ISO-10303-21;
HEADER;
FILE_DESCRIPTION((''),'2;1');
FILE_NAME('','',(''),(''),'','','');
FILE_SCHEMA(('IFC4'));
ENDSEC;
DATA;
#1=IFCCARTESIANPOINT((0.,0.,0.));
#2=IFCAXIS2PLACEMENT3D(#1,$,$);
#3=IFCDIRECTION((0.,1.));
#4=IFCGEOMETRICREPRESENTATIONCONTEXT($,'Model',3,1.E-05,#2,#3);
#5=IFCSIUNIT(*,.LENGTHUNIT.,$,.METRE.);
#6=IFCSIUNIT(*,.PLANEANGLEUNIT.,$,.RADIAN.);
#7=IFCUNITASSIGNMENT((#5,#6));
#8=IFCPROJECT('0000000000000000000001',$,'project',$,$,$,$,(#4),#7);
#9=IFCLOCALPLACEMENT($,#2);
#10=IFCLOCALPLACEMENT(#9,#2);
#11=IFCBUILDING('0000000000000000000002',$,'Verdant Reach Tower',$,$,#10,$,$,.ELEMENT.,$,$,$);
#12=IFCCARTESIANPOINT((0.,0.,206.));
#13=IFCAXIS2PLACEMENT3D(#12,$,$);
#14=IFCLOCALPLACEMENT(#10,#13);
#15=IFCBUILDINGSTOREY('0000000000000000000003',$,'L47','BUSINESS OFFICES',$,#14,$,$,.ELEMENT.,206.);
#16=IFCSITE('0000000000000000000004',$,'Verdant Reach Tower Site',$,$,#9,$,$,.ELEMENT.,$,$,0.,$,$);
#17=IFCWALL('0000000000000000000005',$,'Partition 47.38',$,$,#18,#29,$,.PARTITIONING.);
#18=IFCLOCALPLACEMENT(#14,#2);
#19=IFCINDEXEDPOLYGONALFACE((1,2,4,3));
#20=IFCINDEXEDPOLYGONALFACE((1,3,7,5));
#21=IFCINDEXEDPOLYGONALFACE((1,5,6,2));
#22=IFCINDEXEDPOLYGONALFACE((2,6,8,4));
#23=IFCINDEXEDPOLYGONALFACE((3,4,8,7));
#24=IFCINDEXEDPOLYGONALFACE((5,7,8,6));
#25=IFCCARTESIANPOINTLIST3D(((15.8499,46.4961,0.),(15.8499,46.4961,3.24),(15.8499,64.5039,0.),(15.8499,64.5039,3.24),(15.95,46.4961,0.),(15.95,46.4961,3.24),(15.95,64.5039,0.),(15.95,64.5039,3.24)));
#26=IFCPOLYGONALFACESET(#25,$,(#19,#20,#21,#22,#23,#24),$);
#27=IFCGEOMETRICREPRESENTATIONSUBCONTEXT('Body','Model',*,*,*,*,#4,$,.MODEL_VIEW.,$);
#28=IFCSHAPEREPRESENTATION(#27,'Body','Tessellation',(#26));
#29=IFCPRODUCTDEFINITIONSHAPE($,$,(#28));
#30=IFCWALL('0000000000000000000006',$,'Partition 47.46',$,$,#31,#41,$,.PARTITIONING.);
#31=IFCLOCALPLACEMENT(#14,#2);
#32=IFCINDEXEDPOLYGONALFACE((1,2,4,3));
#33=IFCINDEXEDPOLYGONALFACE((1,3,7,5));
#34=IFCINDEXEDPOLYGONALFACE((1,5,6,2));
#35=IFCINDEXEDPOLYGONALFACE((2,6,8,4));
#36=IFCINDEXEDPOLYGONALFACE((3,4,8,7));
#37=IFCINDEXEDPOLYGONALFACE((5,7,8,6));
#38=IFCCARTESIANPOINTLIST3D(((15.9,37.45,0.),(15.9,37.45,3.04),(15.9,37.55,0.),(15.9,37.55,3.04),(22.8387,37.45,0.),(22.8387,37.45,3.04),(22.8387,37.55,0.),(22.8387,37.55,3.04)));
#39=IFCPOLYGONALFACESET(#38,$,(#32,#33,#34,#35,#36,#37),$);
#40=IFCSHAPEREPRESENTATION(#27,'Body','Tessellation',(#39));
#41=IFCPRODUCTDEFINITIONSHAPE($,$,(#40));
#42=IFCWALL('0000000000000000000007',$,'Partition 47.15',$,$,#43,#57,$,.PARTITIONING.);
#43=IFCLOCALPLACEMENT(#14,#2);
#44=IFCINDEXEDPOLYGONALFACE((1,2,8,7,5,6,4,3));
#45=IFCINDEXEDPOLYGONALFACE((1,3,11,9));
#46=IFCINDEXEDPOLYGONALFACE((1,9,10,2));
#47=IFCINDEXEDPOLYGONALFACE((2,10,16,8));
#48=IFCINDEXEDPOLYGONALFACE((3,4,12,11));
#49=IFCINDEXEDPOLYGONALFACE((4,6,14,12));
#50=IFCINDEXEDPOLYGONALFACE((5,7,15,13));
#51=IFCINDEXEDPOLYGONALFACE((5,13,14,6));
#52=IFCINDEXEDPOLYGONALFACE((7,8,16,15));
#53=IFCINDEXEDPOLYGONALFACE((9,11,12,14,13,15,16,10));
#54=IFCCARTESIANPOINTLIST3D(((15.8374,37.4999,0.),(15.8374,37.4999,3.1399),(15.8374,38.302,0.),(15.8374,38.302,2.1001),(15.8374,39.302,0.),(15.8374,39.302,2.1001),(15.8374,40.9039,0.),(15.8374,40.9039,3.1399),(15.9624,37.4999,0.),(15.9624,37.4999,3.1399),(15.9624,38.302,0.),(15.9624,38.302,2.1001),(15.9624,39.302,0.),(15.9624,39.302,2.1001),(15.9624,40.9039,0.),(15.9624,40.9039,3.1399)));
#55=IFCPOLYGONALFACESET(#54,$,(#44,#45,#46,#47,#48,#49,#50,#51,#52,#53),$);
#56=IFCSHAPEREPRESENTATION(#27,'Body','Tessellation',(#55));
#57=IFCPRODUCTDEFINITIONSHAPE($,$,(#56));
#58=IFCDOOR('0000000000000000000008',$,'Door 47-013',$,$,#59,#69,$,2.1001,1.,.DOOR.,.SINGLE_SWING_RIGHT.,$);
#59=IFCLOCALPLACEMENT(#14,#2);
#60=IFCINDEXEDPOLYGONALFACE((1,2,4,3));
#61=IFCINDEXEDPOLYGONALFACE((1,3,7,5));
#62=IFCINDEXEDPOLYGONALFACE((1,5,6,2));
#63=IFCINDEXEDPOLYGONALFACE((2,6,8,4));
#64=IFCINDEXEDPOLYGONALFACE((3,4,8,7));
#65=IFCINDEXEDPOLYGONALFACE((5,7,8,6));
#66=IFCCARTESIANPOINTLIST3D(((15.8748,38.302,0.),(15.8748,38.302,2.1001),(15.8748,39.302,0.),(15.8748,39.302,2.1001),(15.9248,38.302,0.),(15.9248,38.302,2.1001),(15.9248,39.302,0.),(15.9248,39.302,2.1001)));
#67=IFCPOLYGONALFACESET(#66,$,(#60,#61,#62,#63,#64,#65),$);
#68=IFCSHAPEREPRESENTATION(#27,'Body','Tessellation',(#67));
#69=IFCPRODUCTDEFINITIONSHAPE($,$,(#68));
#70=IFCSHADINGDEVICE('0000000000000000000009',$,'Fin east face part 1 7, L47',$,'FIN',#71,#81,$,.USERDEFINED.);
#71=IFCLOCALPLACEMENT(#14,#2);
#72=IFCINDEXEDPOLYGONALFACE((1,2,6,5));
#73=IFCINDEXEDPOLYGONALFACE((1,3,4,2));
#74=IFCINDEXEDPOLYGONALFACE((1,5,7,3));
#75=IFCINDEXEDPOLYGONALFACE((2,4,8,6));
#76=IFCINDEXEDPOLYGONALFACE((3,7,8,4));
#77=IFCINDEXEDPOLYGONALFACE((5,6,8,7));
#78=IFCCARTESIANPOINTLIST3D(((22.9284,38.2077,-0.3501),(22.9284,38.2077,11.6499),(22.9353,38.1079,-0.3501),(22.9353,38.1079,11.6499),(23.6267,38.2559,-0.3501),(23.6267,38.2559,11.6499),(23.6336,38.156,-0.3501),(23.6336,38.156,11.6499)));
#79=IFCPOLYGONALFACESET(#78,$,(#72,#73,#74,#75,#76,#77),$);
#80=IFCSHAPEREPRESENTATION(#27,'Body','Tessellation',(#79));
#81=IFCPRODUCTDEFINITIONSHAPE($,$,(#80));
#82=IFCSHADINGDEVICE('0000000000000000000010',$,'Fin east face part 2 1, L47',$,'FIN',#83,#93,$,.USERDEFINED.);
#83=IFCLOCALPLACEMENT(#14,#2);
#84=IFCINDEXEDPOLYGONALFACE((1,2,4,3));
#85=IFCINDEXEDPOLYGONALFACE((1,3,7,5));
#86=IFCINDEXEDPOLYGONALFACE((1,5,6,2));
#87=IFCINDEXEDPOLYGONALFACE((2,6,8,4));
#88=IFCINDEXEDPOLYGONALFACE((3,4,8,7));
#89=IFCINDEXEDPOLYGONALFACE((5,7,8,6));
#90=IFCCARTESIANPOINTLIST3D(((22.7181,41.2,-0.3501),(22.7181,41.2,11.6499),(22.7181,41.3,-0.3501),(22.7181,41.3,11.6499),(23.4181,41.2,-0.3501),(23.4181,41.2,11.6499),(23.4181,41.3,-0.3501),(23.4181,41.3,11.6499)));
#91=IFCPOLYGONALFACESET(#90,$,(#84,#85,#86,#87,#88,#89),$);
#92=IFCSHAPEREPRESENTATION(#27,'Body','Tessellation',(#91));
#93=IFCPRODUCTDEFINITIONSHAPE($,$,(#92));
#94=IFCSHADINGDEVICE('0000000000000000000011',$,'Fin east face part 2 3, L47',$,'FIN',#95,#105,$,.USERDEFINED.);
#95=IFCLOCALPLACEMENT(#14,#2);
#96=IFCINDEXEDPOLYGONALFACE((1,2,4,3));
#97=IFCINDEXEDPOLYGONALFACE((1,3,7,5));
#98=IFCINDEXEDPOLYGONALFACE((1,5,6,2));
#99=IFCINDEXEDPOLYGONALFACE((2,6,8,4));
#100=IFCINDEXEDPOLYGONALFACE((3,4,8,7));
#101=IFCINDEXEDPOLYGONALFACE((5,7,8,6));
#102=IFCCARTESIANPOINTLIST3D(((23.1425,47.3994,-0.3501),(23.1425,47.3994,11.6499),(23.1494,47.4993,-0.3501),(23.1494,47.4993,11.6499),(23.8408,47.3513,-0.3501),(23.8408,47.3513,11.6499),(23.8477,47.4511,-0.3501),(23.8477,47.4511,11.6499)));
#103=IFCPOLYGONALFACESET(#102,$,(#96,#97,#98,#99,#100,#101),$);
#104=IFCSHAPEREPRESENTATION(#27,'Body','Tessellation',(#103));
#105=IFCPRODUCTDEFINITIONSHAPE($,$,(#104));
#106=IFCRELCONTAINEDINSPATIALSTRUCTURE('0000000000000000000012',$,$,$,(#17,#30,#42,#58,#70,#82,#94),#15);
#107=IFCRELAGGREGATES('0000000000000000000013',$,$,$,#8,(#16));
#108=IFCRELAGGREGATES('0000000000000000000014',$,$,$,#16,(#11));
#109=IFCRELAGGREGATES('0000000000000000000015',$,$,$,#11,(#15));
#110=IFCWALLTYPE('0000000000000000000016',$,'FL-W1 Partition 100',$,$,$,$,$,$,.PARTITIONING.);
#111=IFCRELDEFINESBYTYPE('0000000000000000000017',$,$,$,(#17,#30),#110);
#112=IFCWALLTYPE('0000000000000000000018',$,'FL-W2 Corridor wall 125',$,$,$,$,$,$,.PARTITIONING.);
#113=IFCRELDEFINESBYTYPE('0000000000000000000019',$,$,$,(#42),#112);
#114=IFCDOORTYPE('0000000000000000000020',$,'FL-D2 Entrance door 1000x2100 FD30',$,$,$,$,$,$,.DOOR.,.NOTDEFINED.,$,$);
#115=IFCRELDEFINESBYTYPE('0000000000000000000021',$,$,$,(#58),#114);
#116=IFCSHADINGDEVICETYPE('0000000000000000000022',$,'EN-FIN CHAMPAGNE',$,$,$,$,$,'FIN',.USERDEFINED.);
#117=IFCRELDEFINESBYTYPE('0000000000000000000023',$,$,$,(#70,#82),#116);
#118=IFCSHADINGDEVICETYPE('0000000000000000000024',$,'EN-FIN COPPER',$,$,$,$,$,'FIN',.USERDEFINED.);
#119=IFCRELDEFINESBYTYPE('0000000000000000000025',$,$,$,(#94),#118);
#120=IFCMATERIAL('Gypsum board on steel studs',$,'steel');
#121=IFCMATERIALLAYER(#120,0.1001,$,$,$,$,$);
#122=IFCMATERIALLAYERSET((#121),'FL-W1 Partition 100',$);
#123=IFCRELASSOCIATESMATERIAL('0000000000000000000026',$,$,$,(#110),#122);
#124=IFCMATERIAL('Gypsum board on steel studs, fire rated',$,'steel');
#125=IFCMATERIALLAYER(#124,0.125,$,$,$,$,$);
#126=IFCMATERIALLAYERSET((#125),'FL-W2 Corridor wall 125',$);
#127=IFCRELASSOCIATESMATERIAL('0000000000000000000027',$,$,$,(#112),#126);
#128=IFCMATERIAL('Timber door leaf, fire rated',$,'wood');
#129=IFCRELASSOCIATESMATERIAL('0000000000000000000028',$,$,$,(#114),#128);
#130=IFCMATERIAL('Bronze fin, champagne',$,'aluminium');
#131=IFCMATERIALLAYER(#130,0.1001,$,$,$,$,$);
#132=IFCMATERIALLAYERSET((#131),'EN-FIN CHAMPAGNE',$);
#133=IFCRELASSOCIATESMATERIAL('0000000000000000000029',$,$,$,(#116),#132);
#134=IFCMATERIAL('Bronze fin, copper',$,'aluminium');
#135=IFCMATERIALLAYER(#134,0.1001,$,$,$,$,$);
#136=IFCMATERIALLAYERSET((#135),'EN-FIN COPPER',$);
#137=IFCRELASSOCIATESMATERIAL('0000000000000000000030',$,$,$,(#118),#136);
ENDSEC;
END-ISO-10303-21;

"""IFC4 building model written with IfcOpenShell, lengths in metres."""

from ifc_helpers import new_model, si_unit, direction, frame, frame_2d, origin, origin_2d, place, context, subcontext, project, spatial, rectangle, extrude, material, layer, layer_set, type_object, element, fill, save


model = new_model("IFC4")

# Units and contexts
model_context = context("Model", 3, precision=1e-05, world=origin(), true_north=direction((0.0, 1.0)))
body_context = subcontext(model_context, "Body", "Model", "MODEL_VIEW")
ifc_project = project(units=[si_unit("LENGTHUNIT", "METRE"), si_unit("PLANEANGLEUNIT", "RADIAN")], contexts=[model_context])

# Site, building, storey
site_placement = place(None, origin())
site = spatial("IfcSite", under=ifc_project, at=site_placement, Name="Verdant Reach Tower Site", CompositionType="ELEMENT", RefElevation=0.0)
building_placement = place(site_placement, origin())
building = spatial("IfcBuilding", under=site, at=building_placement, Name="Verdant Reach Tower", CompositionType="ELEMENT")
storey_placement = place(building_placement, frame((0.0, 0.0, 206.0)))
storey = spatial("IfcBuildingStorey", under=building, at=storey_placement, Name="L47", Description="BUSINESS OFFICES", CompositionType="ELEMENT", Elevation=206.0)

# Walls
ifc_material_1 = material(Name="Gypsum board on steel studs", Category="steel")
ifc_layer_1 = layer(ifc_material_1, 0.1001)
ifc_layer_set_1 = layer_set([ifc_layer_1], Name="FL-W1 Partition 100")
wall_type_1 = type_object("IfcWallType", Name="FL-W1 Partition 100", PredefinedType="PARTITIONING", material=ifc_layer_set_1)
wall_1_placement = place(storey_placement, frame((15.8999, 46.4961, 0.0), z_axis=(0.0, 0.0, 1.0), x_axis=(0.0, 1.0, 0.0)))
element("IfcWall", 1, at=wall_1_placement, inside=storey, type_object=wall_type_1, Name="Partition 47.38", PredefinedType="PARTITIONING", context=body_context, shape_type="SweptSolid", body=[
    extrude(rectangle(XDim=18.0078, YDim=0.1001, at=frame_2d((9.0039, 0.0))), origin(), (0.0, 0.0, 1.0), 3.24),
])
wall_2_placement = place(storey_placement, frame((22.8386, 37.5, 0.0), z_axis=(0.0, 0.0, 1.0), x_axis=(-1.0, 0.0, 0.0)))
element("IfcWall", 2, at=wall_2_placement, inside=storey, type_object=wall_type_1, Name="Partition 47.46", PredefinedType="PARTITIONING", context=body_context, shape_type="SweptSolid", body=[
    extrude(rectangle(XDim=6.9387, YDim=0.1001, at=frame_2d((3.4692, 0.0))), origin(), (0.0, 0.0, 1.0), 3.04),
])

# Wall, opening, door
ifc_material_2 = material(Name="Gypsum board on steel studs, fire rated", Category="steel")
ifc_layer_2 = layer(ifc_material_2, 0.125)
ifc_layer_set_2 = layer_set([ifc_layer_2], Name="FL-W2 Corridor wall 125")
wall_type_2 = type_object("IfcWallType", Name="FL-W2 Corridor wall 125", PredefinedType="PARTITIONING", material=ifc_layer_set_2)
wall_3_placement = place(storey_placement, frame((15.8999, 40.9041, 0.0), z_axis=(0.0, 0.0, 1.0), x_axis=(0.0, -1.0, 0.0)))
wall_3 = element("IfcWall", 3, at=wall_3_placement, inside=storey, type_object=wall_type_2, Name="Partition 47.15", PredefinedType="PARTITIONING", context=body_context, shape_type="SweptSolid", body=[
    extrude(rectangle(XDim=3.4041, YDim=0.125, at=frame_2d((1.7021, 0.0))), origin(), (0.0, 0.0, 1.0), 3.1399),
])
opening_placement = place(wall_3_placement, frame((1.6021, 0.0, 0.0)))
opening = element("IfcOpeningElement", 4, at=opening_placement, cuts=wall_3, PredefinedType="OPENING", context=body_context, shape_type="SweptSolid", body=[
    extrude(rectangle(XDim=1.0, YDim=2.1001, at=frame_2d((0.5, 1.05))), frame((0.0, 0.0725, 0.0), z_axis=(0.0, -1.0, 0.0), x_axis=(1.0, 0.0, 0.0)), (0.0, 0.0, 1.0), 0.145),
])
ifc_material_3 = material(Name="Timber door leaf, fire rated", Category="wood")
door_type = type_object("IfcDoorType", Name="FL-D2 Entrance door 1000x2100 FD30", OperationType="NOTDEFINED", PredefinedType="DOOR", material=ifc_material_3)
door_placement = place(opening_placement, origin())
door = element("IfcDoor", 5, at=door_placement, inside=storey, type_object=door_type, Name="Door 47-013", OperationType="SINGLE_SWING_RIGHT", OverallHeight=2.1001, OverallWidth=1.0, PredefinedType="DOOR", context=body_context, shape_type="SweptSolid", body=[
    extrude(rectangle(XDim=1.0, YDim=2.1001, at=frame_2d((0.5, 1.05))), frame((0.0, 0.0249, 0.0), z_axis=(0.0, -1.0, 0.0), x_axis=(1.0, 0.0, 0.0)), (0.0, 0.0, 1.0), 0.05),
])
fill(opening, door)

# Shading devices
ifc_material_4 = material(Name="Bronze fin, champagne", Category="aluminium")
ifc_layer_3 = layer(ifc_material_4, 0.1001)
ifc_layer_set_3 = layer_set([ifc_layer_3], Name="EN-FIN CHAMPAGNE")
shading_device_type_1 = type_object("IfcShadingDeviceType", Name="EN-FIN CHAMPAGNE", ElementType="FIN", PredefinedType="USERDEFINED", material=ifc_layer_set_3)
for number, where, z_axis, x_axis, name in (
    (6, (23.281, 38.1819, -0.3501), (0.0, 0.0, 1.0), (-0.068802, 0.99763, 0.0), "Fin east face part 1 7, L47"),
    (7, (23.0681, 41.25, -0.3501), (0.0, 0.0, 1.0), (0.0, 1.0, 0.0), "Fin east face part 2 1, L47"),
):
    element("IfcShadingDevice", number, at=place(storey_placement, frame(where, z_axis=z_axis, x_axis=x_axis)), inside=storey, type_object=shading_device_type_1, Name=name, ObjectType="FIN", PredefinedType="USERDEFINED", context=body_context, shape_type="SweptSolid", body=[
        extrude(rectangle(XDim=0.1001, YDim=0.7, at=origin_2d()), origin(), (0.0, 0.0, 1.0), 12.0),
    ])
ifc_material_5 = material(Name="Bronze fin, copper", Category="aluminium")
ifc_layer_4 = layer(ifc_material_5, 0.1001)
ifc_layer_set_4 = layer_set([ifc_layer_4], Name="EN-FIN COPPER")
shading_device_type_2 = type_object("IfcShadingDeviceType", Name="EN-FIN COPPER", ElementType="FIN", PredefinedType="USERDEFINED", material=ifc_layer_set_4)
shading_device_placement = place(storey_placement, frame((23.4951, 47.4253, -0.3501), z_axis=(0.0, 0.0, 1.0), x_axis=(0.068802, 0.99763, 0.0)))
element("IfcShadingDevice", 8, at=shading_device_placement, inside=storey, type_object=shading_device_type_2, Name="Fin east face part 2 3, L47", ObjectType="FIN", PredefinedType="USERDEFINED", context=body_context, shape_type="SweptSolid", body=[
    extrude(rectangle(XDim=0.1001, YDim=0.7, at=origin_2d()), origin(), (0.0, 0.0, 1.0), 12.0),
])

save(model, "model.ifc")
